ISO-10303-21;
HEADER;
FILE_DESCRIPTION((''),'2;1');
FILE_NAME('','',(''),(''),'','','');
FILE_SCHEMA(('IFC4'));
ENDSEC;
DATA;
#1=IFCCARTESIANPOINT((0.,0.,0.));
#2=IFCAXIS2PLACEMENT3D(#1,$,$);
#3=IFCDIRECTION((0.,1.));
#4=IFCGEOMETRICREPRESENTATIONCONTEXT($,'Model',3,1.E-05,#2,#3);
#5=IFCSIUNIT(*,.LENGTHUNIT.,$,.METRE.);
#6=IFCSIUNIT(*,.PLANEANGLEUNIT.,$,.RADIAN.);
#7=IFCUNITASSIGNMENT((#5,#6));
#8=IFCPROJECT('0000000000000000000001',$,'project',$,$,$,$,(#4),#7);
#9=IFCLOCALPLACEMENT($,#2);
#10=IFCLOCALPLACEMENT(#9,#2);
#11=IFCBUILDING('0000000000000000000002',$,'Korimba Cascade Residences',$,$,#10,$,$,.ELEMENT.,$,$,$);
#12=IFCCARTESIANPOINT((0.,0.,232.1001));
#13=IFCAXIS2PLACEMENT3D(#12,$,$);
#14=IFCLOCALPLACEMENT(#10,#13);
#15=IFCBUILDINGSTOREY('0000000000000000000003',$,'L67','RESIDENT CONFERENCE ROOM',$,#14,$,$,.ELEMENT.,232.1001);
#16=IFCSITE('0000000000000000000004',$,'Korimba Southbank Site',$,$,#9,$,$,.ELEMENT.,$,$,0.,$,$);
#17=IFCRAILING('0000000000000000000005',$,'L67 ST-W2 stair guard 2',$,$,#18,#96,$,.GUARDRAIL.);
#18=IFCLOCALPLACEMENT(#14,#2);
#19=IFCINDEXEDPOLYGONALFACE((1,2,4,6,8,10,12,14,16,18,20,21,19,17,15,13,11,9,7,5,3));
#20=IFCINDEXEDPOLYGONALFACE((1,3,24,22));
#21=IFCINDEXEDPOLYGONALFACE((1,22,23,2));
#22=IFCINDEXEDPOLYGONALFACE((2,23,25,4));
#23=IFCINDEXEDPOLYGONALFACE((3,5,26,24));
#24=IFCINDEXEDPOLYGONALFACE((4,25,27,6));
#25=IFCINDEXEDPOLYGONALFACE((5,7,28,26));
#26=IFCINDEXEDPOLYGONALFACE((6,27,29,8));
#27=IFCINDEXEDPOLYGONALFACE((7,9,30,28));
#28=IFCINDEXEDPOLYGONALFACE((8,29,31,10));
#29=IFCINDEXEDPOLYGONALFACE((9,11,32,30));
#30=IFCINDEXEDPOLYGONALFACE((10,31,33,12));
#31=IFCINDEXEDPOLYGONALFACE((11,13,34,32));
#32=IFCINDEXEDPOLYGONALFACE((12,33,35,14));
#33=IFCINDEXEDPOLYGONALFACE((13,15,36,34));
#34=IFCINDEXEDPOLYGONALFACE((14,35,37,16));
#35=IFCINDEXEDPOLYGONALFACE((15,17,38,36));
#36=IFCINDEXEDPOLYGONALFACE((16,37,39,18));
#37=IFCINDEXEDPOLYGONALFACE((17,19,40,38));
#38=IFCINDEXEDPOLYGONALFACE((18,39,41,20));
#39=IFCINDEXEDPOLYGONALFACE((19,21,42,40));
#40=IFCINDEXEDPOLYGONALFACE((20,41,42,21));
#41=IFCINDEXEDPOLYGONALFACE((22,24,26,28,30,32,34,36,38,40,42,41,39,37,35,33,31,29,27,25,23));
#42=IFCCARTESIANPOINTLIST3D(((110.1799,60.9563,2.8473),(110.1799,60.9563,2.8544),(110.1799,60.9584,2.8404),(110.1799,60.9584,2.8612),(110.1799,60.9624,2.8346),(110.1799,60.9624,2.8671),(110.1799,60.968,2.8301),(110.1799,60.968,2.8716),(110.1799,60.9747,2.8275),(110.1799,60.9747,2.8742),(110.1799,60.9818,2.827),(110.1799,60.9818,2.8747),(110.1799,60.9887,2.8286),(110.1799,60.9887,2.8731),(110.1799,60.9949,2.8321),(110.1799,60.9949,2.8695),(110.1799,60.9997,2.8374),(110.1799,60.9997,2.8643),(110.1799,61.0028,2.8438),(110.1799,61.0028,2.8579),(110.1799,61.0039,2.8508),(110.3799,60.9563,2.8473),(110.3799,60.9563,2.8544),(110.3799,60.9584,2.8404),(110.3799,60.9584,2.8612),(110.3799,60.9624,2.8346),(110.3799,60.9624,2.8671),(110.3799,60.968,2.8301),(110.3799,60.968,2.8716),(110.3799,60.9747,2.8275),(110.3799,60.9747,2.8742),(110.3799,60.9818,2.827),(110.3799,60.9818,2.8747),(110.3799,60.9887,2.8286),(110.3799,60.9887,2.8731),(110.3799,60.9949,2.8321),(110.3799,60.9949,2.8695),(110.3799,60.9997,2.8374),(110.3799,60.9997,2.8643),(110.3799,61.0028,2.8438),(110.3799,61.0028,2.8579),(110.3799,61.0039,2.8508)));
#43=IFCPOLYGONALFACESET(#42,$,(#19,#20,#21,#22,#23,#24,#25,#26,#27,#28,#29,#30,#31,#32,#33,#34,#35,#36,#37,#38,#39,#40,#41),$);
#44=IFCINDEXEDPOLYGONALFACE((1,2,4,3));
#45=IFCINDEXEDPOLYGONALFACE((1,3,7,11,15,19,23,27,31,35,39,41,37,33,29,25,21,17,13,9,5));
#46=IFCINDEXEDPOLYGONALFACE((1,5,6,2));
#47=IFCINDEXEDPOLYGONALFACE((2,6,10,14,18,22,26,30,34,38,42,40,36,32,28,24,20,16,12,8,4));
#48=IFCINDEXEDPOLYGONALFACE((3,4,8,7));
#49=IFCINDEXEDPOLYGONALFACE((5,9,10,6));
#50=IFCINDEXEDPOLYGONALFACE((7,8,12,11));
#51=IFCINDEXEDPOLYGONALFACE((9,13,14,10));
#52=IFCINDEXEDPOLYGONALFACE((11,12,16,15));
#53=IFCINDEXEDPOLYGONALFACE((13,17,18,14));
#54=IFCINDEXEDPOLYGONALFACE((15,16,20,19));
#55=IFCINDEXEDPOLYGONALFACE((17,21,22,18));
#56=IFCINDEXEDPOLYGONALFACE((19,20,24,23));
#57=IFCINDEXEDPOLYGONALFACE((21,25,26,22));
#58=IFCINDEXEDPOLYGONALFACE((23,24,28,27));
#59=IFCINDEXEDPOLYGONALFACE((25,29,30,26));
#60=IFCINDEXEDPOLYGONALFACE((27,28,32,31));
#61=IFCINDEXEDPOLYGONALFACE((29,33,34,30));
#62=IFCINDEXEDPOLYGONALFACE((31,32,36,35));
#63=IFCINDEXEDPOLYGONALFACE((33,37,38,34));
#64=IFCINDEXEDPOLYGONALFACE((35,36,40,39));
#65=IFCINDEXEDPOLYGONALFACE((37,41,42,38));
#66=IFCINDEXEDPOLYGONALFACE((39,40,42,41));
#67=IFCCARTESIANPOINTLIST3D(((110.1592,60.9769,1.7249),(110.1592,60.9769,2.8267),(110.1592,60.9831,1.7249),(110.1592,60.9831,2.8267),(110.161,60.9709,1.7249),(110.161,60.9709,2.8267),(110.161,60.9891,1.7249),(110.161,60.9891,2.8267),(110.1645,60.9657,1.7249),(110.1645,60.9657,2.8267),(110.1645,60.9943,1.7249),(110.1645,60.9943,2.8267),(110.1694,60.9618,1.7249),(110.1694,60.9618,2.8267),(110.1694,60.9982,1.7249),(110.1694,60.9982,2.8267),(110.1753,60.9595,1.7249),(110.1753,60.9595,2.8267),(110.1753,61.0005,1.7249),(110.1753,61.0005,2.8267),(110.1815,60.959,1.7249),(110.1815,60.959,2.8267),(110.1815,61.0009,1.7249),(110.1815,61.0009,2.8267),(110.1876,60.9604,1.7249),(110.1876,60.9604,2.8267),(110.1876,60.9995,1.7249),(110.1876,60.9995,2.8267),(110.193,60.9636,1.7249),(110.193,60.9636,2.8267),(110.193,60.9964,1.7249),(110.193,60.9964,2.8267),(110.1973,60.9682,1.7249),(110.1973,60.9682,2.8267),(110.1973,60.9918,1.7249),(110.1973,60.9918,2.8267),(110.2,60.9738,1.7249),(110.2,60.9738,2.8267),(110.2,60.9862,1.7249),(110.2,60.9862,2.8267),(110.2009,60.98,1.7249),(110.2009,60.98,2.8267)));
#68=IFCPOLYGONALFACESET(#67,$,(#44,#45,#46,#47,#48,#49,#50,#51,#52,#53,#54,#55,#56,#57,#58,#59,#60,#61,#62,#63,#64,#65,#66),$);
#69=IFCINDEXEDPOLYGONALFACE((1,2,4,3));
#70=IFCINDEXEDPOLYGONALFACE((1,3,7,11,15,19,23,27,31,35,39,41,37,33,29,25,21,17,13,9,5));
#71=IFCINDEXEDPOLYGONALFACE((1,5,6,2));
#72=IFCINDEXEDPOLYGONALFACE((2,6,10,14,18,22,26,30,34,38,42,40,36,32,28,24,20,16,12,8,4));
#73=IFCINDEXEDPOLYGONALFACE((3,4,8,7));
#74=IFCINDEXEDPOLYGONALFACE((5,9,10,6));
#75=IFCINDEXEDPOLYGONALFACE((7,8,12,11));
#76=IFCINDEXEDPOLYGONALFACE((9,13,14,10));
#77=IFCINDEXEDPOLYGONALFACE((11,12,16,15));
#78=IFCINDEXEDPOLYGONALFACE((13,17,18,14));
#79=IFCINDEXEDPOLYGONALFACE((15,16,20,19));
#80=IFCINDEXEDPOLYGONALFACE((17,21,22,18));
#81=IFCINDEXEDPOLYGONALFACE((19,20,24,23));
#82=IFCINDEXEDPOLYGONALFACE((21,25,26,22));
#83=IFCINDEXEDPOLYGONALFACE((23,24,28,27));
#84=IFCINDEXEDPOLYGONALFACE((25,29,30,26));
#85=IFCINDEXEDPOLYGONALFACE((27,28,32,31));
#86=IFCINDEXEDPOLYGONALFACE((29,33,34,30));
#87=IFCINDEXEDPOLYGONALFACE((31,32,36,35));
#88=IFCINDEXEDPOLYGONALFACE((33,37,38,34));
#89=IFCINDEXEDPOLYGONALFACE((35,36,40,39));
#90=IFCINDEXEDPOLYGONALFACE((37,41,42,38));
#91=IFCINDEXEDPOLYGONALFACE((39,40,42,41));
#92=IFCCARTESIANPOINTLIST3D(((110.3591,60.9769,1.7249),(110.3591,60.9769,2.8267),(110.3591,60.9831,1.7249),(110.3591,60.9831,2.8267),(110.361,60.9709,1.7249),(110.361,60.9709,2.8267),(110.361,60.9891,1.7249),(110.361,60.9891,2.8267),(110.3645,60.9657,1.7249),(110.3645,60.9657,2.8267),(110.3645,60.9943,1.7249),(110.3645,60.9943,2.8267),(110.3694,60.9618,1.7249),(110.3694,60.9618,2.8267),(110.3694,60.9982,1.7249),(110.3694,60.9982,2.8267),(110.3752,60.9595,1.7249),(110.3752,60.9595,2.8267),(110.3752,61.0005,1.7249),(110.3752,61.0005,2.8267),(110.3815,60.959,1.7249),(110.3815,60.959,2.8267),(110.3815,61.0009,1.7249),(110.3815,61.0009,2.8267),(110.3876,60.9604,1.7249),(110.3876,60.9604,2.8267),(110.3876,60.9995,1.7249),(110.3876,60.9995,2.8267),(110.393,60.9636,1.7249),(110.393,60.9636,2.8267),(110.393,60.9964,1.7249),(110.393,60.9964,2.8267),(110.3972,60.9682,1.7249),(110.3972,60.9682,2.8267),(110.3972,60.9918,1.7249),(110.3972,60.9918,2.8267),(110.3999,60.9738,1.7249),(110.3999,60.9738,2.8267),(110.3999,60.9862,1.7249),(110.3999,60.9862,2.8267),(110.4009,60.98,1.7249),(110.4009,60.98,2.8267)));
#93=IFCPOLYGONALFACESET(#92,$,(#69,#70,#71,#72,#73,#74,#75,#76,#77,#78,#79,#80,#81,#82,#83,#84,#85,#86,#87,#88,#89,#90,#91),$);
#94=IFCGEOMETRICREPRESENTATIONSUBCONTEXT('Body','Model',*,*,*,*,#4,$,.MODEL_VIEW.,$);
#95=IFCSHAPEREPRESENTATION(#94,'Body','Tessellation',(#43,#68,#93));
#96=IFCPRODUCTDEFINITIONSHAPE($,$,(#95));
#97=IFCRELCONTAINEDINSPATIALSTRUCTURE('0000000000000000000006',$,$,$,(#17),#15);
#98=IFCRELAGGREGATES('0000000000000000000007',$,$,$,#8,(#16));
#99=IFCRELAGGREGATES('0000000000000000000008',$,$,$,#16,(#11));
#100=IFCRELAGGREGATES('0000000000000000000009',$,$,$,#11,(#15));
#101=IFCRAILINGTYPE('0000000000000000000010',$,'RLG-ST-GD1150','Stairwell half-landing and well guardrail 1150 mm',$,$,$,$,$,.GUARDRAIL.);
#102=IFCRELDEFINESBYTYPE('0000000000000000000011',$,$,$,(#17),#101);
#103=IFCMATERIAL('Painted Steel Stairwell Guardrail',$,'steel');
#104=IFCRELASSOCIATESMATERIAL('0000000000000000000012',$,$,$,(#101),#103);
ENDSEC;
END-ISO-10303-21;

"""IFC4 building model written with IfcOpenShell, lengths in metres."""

from ifc_helpers import new_model, si_unit, direction, frame, origin, origin_2d, place, context, subcontext, project, spatial, circle, extrude, material, type_object, element, save


model = new_model("IFC4")

# Units and contexts
model_context = context("Model", 3, precision=1e-05, world=origin(), true_north=direction((0.0, 1.0)))
body_context = subcontext(model_context, "Body", "Model", "MODEL_VIEW")
ifc_project = project(units=[si_unit("LENGTHUNIT", "METRE"), si_unit("PLANEANGLEUNIT", "RADIAN")], contexts=[model_context])

# Site, building, storey
site_placement = place(None, origin())
site = spatial("IfcSite", under=ifc_project, at=site_placement, Name="Korimba Southbank Site", CompositionType="ELEMENT", RefElevation=0.0)
building_placement = place(site_placement, origin())
building = spatial("IfcBuilding", under=site, at=building_placement, Name="Korimba Cascade Residences", CompositionType="ELEMENT")
storey_placement = place(building_placement, frame((0.0, 0.0, 232.1001)))
storey = spatial("IfcBuildingStorey", under=building, at=storey_placement, Name="L67", Description="RESIDENT CONFERENCE ROOM", CompositionType="ELEMENT", Elevation=232.1001)

# Railing
ifc_material_1 = material(Name="Painted Steel Stairwell Guardrail", Category="steel")
railing_type_1 = type_object("IfcRailingType", Name="RLG-ST-GD1150", Description="Stairwell half-landing and well guardrail 1150 mm", PredefinedType="GUARDRAIL", material=ifc_material_1)
railing_1_placement = place(storey_placement, frame((110.1799, 60.98, 1.7249)))
element("IfcRailing", 1, at=railing_1_placement, inside=storey, type_object=railing_type_1, Name="L67 ST-W2 stair guard 2", PredefinedType="GUARDRAIL", context=body_context, shape_type="SweptSolid", body=[
    extrude(circle(Radius=0.0239, at=origin_2d()), frame((0.0, 0.0, 1.126), z_axis=(1.0, 0.0, 0.0), x_axis=(0.0, 1.0, 0.0)), (0.0, 0.0, 1.0), 0.2),
    extrude(circle(Radius=0.021, at=origin_2d()), origin(), (0.0, 0.0, 1.0), 1.1018),
    extrude(circle(Radius=0.021, at=origin_2d()), frame((0.2, 0.0, 0.0)), (0.0, 0.0, 1.0), 1.1018),
])

save(model, "model.ifc")
